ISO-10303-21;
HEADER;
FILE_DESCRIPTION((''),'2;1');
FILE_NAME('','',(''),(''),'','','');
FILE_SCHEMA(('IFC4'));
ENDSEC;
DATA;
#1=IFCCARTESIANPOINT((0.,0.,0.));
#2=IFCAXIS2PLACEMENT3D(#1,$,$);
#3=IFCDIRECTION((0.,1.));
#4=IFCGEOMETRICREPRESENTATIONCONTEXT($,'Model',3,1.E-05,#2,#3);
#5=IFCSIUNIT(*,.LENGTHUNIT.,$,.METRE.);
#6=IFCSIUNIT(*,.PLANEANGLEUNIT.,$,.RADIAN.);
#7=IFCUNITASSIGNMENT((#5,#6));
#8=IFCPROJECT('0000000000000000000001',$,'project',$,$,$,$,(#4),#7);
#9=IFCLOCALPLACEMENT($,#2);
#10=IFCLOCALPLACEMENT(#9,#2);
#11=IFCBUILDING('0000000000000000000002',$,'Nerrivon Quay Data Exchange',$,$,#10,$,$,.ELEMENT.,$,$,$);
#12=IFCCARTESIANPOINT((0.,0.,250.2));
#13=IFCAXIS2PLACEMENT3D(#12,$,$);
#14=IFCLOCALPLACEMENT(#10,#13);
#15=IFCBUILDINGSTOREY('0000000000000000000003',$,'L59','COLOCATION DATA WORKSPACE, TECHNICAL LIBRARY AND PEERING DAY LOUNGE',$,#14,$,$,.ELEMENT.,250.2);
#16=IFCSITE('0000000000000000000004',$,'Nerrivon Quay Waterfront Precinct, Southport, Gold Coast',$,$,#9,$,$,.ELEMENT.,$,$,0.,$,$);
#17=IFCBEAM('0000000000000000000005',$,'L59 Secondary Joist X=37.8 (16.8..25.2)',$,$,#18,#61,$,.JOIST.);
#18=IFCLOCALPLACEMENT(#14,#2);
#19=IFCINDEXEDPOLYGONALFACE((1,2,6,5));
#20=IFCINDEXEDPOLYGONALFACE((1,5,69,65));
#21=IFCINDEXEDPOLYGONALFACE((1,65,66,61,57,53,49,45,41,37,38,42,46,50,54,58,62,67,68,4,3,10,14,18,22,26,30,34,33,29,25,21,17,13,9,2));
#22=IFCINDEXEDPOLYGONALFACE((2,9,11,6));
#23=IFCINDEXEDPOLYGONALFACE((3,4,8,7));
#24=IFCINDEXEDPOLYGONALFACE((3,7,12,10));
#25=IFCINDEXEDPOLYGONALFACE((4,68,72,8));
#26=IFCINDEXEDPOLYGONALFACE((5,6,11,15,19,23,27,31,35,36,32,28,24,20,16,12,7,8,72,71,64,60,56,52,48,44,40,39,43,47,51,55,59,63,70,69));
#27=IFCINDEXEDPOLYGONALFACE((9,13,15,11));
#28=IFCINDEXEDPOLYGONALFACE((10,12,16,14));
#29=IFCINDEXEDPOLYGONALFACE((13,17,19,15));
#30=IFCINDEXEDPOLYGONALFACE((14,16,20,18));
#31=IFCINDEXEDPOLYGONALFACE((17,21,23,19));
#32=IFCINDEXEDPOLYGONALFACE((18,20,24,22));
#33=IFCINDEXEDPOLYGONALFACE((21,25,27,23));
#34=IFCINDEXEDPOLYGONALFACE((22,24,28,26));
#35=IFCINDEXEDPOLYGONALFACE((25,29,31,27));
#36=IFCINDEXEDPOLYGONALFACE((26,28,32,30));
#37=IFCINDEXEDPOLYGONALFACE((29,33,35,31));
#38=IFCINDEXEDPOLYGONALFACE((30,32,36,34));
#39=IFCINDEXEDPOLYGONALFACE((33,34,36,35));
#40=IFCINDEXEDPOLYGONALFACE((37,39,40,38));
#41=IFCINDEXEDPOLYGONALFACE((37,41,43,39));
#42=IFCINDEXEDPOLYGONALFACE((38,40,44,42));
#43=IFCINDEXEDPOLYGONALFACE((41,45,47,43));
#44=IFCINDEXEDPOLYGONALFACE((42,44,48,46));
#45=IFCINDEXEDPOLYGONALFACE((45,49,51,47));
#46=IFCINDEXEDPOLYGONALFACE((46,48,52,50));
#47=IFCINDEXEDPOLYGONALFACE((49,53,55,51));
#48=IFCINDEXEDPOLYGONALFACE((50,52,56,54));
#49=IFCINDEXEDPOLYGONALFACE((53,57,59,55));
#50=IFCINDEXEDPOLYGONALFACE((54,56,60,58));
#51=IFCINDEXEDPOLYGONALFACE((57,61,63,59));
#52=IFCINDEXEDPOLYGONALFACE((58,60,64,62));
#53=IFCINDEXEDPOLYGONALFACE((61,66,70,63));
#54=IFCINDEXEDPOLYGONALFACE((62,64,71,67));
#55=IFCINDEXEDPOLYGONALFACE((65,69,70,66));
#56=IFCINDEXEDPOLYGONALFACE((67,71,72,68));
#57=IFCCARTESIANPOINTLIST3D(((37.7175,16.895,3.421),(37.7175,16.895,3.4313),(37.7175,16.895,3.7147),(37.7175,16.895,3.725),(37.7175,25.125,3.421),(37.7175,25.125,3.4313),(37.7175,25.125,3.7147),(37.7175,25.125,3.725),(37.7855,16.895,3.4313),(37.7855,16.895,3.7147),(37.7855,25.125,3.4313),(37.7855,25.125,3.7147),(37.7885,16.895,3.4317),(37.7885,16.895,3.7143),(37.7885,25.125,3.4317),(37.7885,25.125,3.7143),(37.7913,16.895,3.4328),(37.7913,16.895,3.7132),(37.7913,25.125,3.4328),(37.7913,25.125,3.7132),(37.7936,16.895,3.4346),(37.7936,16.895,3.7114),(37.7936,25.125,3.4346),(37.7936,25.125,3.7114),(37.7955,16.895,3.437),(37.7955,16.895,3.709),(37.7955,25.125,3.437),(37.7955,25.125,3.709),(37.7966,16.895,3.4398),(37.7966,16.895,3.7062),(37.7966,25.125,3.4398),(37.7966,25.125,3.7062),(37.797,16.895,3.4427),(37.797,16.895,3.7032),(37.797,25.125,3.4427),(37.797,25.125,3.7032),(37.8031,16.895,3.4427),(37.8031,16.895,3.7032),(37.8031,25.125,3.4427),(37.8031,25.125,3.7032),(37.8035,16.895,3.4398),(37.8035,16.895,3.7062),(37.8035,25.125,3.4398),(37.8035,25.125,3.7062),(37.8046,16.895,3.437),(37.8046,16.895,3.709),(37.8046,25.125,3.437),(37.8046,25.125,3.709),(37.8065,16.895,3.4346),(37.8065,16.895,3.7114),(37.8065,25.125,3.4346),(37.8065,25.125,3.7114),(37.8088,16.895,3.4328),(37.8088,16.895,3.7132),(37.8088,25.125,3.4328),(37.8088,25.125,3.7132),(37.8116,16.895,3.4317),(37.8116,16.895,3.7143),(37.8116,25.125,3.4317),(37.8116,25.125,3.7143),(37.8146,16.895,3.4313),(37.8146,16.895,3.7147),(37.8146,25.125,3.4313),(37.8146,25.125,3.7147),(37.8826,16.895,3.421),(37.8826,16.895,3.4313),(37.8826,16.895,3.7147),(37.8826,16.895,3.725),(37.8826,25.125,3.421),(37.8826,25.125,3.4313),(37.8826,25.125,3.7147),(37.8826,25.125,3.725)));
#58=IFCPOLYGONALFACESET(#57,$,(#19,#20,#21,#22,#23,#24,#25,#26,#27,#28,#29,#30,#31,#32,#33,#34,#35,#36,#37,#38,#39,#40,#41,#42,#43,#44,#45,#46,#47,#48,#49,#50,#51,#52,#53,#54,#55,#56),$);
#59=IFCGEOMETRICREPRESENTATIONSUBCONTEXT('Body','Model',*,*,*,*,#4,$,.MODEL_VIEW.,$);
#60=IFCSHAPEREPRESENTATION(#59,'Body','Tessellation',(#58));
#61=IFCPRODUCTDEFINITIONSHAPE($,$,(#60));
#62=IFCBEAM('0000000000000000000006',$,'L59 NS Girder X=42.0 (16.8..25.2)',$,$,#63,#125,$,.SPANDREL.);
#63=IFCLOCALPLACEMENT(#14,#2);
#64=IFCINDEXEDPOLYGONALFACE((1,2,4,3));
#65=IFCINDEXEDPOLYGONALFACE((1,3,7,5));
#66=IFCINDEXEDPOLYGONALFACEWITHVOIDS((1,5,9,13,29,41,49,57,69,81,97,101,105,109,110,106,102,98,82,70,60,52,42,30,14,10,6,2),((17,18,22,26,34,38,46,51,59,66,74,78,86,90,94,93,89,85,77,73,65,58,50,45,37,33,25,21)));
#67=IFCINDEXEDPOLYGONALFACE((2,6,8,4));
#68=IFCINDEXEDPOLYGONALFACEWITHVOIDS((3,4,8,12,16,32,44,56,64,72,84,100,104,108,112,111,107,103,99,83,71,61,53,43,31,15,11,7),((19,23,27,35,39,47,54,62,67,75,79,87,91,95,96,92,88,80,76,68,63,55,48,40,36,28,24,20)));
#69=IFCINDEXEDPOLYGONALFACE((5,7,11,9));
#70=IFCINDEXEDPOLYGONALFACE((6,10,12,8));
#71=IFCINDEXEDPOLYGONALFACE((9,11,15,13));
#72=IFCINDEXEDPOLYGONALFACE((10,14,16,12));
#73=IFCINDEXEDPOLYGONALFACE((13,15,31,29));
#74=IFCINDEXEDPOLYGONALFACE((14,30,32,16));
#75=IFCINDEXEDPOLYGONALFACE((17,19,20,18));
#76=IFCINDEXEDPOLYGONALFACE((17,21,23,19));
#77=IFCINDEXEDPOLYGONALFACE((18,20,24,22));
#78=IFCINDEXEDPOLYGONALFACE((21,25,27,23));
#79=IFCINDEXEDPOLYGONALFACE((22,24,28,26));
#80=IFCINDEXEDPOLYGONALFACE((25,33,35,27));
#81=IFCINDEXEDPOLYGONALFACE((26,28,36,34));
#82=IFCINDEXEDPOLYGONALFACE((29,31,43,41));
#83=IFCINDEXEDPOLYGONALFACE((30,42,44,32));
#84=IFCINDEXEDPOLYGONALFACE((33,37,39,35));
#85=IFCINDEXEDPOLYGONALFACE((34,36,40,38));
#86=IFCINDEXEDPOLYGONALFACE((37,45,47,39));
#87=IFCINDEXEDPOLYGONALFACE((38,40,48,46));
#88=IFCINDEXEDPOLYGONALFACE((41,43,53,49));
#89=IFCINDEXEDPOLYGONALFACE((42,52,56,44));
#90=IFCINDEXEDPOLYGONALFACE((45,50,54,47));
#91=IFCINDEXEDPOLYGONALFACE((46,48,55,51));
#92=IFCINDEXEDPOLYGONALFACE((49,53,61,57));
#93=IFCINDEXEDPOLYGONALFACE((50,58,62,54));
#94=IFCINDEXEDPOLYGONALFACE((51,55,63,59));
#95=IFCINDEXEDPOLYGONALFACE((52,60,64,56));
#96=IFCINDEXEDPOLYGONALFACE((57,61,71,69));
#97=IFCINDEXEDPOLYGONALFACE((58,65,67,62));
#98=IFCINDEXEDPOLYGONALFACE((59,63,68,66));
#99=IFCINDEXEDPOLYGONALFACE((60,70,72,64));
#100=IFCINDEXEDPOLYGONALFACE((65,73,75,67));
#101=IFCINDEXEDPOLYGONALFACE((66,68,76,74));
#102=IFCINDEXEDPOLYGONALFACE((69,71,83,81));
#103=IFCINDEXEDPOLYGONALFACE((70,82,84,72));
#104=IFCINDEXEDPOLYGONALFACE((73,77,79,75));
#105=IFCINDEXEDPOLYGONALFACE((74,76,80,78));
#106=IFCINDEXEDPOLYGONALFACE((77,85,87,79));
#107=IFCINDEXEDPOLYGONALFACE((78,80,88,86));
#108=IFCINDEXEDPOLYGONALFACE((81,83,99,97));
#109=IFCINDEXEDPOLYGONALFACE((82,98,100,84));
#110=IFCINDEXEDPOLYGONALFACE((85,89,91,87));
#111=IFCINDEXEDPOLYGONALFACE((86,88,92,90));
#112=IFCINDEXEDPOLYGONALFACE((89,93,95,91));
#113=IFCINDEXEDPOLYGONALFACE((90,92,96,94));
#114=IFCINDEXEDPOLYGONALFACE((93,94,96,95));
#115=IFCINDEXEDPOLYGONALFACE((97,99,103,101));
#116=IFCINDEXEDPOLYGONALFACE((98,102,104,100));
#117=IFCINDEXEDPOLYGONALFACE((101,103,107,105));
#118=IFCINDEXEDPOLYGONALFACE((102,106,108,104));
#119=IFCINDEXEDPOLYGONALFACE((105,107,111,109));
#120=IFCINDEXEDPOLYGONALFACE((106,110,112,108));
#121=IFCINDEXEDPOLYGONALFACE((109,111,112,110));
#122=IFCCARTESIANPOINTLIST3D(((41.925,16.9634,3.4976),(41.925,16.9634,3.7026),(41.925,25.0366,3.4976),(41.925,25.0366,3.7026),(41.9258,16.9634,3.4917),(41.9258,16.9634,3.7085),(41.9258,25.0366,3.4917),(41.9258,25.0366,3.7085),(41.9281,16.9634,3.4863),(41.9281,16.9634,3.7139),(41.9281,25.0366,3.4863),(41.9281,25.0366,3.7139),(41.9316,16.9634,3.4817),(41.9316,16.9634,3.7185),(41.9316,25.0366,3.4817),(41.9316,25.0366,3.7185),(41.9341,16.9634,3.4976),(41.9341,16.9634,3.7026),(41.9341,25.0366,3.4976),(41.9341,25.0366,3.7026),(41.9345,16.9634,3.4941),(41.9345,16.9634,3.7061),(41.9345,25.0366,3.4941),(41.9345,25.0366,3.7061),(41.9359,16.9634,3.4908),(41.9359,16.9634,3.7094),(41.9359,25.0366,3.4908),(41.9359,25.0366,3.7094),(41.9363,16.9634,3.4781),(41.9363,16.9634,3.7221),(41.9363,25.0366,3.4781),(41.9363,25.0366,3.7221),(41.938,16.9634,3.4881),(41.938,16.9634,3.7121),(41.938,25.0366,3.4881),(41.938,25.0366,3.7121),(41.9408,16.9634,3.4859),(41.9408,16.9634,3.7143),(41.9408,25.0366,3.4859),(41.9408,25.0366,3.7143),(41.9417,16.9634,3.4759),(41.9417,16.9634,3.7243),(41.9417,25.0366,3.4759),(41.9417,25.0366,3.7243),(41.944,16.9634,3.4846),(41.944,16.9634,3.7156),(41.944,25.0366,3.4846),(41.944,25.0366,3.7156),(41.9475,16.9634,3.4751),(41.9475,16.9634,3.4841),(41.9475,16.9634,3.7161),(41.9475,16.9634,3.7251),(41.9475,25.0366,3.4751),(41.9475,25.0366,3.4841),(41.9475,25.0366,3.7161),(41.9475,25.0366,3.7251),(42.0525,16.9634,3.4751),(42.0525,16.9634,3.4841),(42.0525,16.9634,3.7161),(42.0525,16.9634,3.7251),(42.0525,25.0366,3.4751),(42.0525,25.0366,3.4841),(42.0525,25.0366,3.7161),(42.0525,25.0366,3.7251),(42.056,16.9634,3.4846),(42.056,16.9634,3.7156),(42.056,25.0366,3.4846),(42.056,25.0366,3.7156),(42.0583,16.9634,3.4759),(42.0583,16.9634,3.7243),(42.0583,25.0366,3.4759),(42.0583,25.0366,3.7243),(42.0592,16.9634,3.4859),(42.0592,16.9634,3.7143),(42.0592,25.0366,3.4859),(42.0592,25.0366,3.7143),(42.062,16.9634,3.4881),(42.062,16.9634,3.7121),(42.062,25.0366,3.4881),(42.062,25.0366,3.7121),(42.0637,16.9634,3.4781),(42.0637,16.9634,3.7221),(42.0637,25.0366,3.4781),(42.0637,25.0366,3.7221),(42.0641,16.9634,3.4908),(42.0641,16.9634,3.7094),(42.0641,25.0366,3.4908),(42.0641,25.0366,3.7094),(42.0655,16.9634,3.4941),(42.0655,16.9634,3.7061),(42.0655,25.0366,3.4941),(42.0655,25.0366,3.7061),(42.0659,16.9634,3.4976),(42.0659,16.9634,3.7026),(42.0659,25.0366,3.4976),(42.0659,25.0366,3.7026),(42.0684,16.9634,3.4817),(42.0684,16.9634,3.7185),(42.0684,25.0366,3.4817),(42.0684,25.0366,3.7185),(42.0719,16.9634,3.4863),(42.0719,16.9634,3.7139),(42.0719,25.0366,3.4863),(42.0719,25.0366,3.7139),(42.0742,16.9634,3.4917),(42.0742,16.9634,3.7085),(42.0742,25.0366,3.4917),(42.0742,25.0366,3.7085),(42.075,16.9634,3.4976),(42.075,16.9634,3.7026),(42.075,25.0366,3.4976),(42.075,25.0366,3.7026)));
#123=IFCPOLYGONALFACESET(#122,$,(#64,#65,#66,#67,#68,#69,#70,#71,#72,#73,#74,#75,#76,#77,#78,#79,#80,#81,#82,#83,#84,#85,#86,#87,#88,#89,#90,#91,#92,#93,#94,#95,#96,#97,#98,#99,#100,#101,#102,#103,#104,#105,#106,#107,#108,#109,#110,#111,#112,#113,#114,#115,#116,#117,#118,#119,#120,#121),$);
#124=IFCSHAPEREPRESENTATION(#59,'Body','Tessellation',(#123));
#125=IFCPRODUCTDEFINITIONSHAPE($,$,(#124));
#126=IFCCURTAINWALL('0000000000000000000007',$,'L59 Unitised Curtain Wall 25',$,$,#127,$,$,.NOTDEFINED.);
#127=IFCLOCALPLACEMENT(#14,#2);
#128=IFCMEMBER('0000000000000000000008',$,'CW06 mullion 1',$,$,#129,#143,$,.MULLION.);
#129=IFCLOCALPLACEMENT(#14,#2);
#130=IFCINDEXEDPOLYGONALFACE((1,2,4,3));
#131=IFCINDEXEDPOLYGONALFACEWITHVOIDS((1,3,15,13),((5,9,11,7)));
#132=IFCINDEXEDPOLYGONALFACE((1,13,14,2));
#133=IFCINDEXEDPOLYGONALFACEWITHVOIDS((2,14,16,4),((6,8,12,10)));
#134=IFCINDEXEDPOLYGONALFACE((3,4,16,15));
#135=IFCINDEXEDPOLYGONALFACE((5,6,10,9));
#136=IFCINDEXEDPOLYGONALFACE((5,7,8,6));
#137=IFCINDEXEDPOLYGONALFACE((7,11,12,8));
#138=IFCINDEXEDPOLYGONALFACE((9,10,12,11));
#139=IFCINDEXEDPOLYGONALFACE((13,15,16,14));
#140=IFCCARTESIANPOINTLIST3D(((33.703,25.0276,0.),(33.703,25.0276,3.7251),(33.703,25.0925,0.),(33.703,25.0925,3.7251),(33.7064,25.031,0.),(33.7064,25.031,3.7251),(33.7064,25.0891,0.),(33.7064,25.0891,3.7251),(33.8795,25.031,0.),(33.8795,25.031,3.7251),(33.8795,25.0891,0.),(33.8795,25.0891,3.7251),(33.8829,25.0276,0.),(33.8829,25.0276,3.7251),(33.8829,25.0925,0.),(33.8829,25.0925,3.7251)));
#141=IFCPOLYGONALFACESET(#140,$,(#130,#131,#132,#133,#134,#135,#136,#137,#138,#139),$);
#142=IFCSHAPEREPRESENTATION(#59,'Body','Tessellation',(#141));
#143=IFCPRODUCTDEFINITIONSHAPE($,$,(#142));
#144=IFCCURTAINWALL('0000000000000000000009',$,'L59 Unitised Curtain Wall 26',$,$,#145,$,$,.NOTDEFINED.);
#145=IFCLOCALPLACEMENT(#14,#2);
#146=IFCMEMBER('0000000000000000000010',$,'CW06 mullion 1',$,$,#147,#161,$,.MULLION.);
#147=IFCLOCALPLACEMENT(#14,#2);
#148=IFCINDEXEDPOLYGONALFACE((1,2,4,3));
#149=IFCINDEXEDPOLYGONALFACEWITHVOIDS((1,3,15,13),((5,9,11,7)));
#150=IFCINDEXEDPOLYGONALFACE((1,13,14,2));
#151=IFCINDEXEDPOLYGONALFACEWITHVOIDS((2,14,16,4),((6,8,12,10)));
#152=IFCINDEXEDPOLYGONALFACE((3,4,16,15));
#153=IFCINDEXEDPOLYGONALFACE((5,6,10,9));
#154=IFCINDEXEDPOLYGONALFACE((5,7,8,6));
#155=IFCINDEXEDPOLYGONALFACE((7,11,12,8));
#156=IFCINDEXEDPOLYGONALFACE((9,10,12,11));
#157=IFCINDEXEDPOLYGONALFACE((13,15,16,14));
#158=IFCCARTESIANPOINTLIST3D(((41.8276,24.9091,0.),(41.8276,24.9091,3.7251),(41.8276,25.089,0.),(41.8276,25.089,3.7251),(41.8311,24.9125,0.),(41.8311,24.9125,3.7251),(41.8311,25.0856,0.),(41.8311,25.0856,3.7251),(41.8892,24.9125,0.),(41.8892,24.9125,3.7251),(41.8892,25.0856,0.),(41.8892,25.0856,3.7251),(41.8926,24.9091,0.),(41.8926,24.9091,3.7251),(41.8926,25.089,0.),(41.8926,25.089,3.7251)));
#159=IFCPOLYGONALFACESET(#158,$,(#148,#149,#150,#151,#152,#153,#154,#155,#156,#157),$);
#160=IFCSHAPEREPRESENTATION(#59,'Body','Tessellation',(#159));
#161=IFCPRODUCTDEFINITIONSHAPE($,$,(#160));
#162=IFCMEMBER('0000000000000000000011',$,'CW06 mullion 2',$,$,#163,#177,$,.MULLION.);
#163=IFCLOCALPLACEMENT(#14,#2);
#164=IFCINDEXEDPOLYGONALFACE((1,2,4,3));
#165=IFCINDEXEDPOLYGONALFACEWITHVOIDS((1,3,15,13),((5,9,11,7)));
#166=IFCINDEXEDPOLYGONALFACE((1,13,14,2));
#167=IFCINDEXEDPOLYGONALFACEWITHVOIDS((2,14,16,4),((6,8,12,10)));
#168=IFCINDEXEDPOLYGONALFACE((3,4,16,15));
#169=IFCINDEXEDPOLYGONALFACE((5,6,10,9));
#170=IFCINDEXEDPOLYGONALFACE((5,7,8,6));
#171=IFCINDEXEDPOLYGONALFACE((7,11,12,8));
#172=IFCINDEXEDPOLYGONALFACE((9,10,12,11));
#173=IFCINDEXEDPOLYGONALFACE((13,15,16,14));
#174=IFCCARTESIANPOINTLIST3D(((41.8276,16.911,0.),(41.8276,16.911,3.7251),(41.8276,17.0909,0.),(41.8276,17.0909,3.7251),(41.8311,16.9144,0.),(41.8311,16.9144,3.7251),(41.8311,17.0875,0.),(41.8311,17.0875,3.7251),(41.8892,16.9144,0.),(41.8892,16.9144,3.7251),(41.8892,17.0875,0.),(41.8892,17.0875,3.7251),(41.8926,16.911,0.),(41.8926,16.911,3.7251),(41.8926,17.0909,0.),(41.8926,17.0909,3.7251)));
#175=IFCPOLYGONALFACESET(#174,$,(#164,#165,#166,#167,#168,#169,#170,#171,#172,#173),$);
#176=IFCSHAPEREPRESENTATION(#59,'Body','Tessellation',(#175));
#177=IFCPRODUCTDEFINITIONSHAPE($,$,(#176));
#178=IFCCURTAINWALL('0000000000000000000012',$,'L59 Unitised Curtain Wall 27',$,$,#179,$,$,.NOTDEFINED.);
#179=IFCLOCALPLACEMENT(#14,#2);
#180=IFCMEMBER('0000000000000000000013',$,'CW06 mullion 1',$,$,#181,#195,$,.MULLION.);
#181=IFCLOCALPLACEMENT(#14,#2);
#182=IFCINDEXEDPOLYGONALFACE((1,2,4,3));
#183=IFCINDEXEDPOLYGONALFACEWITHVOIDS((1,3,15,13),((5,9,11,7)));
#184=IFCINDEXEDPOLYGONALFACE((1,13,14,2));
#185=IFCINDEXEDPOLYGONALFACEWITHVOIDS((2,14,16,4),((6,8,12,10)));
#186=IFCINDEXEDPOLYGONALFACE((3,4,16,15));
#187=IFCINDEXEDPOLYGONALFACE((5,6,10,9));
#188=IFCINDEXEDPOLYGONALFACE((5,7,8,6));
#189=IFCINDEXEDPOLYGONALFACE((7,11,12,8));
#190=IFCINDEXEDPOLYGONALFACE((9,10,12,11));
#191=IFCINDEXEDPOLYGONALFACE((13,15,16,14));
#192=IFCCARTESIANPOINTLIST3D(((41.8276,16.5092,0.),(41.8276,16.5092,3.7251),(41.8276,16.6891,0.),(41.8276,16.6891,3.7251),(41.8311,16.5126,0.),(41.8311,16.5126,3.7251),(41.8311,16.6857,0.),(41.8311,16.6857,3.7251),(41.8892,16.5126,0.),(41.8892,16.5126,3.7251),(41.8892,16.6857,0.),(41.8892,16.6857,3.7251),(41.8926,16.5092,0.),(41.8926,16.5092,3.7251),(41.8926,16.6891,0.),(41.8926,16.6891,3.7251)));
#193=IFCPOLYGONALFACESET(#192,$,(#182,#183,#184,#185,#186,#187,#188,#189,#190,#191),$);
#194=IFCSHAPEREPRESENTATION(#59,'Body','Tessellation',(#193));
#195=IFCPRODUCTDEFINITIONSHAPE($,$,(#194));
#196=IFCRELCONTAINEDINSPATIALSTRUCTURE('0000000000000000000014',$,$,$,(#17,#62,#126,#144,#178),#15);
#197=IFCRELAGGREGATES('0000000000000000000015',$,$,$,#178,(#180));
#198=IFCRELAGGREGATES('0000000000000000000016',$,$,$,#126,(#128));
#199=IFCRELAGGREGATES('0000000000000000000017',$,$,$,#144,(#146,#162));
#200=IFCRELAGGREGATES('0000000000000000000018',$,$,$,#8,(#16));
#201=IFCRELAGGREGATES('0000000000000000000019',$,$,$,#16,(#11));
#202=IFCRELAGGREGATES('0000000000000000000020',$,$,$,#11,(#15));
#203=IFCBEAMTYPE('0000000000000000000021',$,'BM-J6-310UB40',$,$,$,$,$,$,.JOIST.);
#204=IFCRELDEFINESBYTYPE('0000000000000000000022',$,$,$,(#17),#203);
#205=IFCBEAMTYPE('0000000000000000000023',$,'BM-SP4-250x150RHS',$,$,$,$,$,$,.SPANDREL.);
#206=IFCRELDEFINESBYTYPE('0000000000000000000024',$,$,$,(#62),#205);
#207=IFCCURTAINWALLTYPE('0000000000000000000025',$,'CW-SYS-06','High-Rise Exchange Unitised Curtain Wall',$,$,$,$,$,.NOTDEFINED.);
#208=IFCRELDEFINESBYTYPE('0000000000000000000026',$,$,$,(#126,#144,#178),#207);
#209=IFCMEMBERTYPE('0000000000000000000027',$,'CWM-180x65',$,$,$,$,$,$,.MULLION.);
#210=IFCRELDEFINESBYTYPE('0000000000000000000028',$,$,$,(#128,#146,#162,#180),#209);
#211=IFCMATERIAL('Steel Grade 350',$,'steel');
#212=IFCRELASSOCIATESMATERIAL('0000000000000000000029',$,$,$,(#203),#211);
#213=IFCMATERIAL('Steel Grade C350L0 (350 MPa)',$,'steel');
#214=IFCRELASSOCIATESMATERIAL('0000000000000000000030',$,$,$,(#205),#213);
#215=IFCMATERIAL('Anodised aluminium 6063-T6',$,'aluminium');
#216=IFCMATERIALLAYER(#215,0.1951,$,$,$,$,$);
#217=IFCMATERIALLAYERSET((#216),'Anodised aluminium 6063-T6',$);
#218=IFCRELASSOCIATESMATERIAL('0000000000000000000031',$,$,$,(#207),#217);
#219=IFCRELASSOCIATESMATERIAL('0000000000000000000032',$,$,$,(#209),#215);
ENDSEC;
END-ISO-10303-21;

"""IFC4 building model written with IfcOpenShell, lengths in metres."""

from ifc_helpers import new_model, si_unit, direction, frame, origin, origin_2d, place, context, subcontext, project, spatial, hollow_rectangle, i_section, extrude, material, layer, layer_set, material_profile, profile_set, type_object, element, aggregate, save


model = new_model("IFC4")

# Units and contexts
model_context = context("Model", 3, precision=1e-05, world=origin(), true_north=direction((0.0, 1.0)))
body_context = subcontext(model_context, "Body", "Model", "MODEL_VIEW")
ifc_project = project(units=[si_unit("LENGTHUNIT", "METRE"), si_unit("PLANEANGLEUNIT", "RADIAN")], contexts=[model_context])

# Site, building, storey
site_placement = place(None, origin())
site = spatial("IfcSite", under=ifc_project, at=site_placement, Name="Nerrivon Quay Waterfront Precinct, Southport, Gold Coast", CompositionType="ELEMENT", RefElevation=0.0)
building_placement = place(site_placement, origin())
building = spatial("IfcBuilding", under=site, at=building_placement, Name="Nerrivon Quay Data Exchange", CompositionType="ELEMENT")
storey_placement = place(building_placement, frame((0.0, 0.0, 250.2)))
storey = spatial("IfcBuildingStorey", under=building, at=storey_placement, Name="L59", Description="COLOCATION DATA WORKSPACE, TECHNICAL LIBRARY AND PEERING DAY LOUNGE", CompositionType="ELEMENT", Elevation=250.2)

# Shared definitions
ifc_material_1 = material(Name="Steel Grade 350", Category="steel")

# Beams
ifc_material_profile_1 = material_profile(ifc_material_1, i_section(OverallWidth=0.165, OverallDepth=0.304, WebThickness=0.0061, FlangeThickness=0.0103, FilletRadius=0.0115, at=origin_2d()), Name="310UB40.4")
ifc_profile_set_1 = profile_set([ifc_material_profile_1], Name="Steel Grade 350")
beam_type_1 = type_object("IfcBeamType", Name="BM-J6-310UB40", PredefinedType="JOIST", material=ifc_profile_set_1)
beam_1_placement = place(storey_placement, frame((37.8, 16.895, 3.573), z_axis=(0.0, 1.0, 0.0), x_axis=(-1.0, 0.0, 0.0)))
element("IfcBeam", 1, at=beam_1_placement, inside=storey, type_object=beam_type_1, Name="L59 Secondary Joist X=37.8 (16.8..25.2)", PredefinedType="JOIST", context=body_context, shape_type="SweptSolid", body=[
    extrude(i_section(OverallWidth=0.165, OverallDepth=0.304, WebThickness=0.0061, FlangeThickness=0.0103, FilletRadius=0.0115, at=origin_2d()), origin(), (0.0, 0.0, 1.0), 8.23),
])
ifc_material_2 = material(Name="Steel Grade C350L0 (350 MPa)", Category="steel")
ifc_material_profile_2 = material_profile(ifc_material_2, hollow_rectangle(XDim=0.1499, YDim=0.25, WallThickness=0.009, InnerFilletRadius=0.0134, OuterFilletRadius=0.0225, at=origin_2d()), Name="250x150x9.0RHS")
ifc_profile_set_2 = profile_set([ifc_material_profile_2], Name="Steel Grade C350L0 (350 MPa)")
beam_type_2 = type_object("IfcBeamType", Name="BM-SP4-250x150RHS", PredefinedType="SPANDREL", material=ifc_profile_set_2)
beam_2_placement = place(storey_placement, frame((42.0, 16.9634, 3.6001), z_axis=(0.0, 1.0, 0.0), x_axis=(-1.0, 0.0, 0.0)))
element("IfcBeam", 2, at=beam_2_placement, inside=storey, type_object=beam_type_2, Name="L59 NS Girder X=42.0 (16.8..25.2)", PredefinedType="SPANDREL", context=body_context, shape_type="SweptSolid", body=[
    extrude(hollow_rectangle(XDim=0.1499, YDim=0.25, WallThickness=0.009, InnerFilletRadius=0.0134, OuterFilletRadius=0.0225, at=origin_2d()), origin(), (0.0, 0.0, 1.0), 8.0732),
])

# Curtain wall, member
ifc_material_3 = material(Name="Anodised aluminium 6063-T6", Category="aluminium")
ifc_layer_1 = layer(ifc_material_3, 0.1951)
ifc_layer_set_1 = layer_set([ifc_layer_1], Name="Anodised aluminium 6063-T6")
curtain_wall_type = type_object("IfcCurtainWallType", Name="CW-SYS-06", Description="High-Rise Exchange Unitised Curtain Wall", PredefinedType="NOTDEFINED", material=ifc_layer_set_1)
curtain_wall_1_placement = place(storey_placement, origin())
curtain_wall_1 = element("IfcCurtainWall", 3, at=curtain_wall_1_placement, inside=storey, type_object=curtain_wall_type, Name="L59 Unitised Curtain Wall 25", PredefinedType="NOTDEFINED")
ifc_material_profile_3 = material_profile(ifc_material_3, hollow_rectangle(XDim=0.0649, YDim=0.1799, WallThickness=0.0034, at=origin_2d()), Name="ALU-MULL-180x65")
ifc_profile_set_3 = profile_set([ifc_material_profile_3], Name="Anodised aluminium 6063-T6")
member_type_1 = type_object("IfcMemberType", Name="CWM-180x65", PredefinedType="MULLION", material=ifc_profile_set_3)
member_1_placement = place(storey_placement, frame((33.793, 25.0601, 0.0), z_axis=(0.0, 0.0, 1.0), x_axis=(0.0, 1.0, 0.0)))
member_1 = element("IfcMember", 4, at=member_1_placement, type_object=member_type_1, Name="CW06 mullion 1", PredefinedType="MULLION", context=body_context, shape_type="SweptSolid", body=[
    extrude(hollow_rectangle(XDim=0.0649, YDim=0.1799, WallThickness=0.0034, at=origin_2d()), origin(), (0.0, 0.0, 1.0), 3.7251),
])

# Curtain wall, members
curtain_wall_2_placement = place(storey_placement, origin())
curtain_wall_2 = element("IfcCurtainWall", 5, at=curtain_wall_2_placement, inside=storey, type_object=curtain_wall_type, Name="L59 Unitised Curtain Wall 26", PredefinedType="NOTDEFINED")
member_2_placement = place(storey_placement, frame((41.8601, 24.999, 0.0), z_axis=(0.0, 0.0, 1.0), x_axis=(1.0, 0.0, 0.0)))
member_2 = element("IfcMember", 6, at=member_2_placement, type_object=member_type_1, Name="CW06 mullion 1", PredefinedType="MULLION", context=body_context, shape_type="SweptSolid", body=[
    extrude(hollow_rectangle(XDim=0.0649, YDim=0.1799, WallThickness=0.0034, at=origin_2d()), origin(), (0.0, 0.0, 1.0), 3.7251),
])
member_3_placement = place(storey_placement, frame((41.8601, 17.001, 0.0), z_axis=(0.0, 0.0, 1.0), x_axis=(1.0, 0.0, 0.0)))
member_3 = element("IfcMember", 7, at=member_3_placement, type_object=member_type_1, Name="CW06 mullion 2", PredefinedType="MULLION", context=body_context, shape_type="SweptSolid", body=[
    extrude(hollow_rectangle(XDim=0.0649, YDim=0.1799, WallThickness=0.0034, at=origin_2d()), origin(), (0.0, 0.0, 1.0), 3.7251),
])

# Curtain wall, member
curtain_wall_3_placement = place(storey_placement, origin())
curtain_wall_3 = element("IfcCurtainWall", 8, at=curtain_wall_3_placement, inside=storey, type_object=curtain_wall_type, Name="L59 Unitised Curtain Wall 27", PredefinedType="NOTDEFINED")
member_4_placement = place(storey_placement, frame((41.8601, 16.5991, 0.0), z_axis=(0.0, 0.0, 1.0), x_axis=(1.0, 0.0, 0.0)))
member_4 = element("IfcMember", 9, at=member_4_placement, type_object=member_type_1, Name="CW06 mullion 1", PredefinedType="MULLION", context=body_context, shape_type="SweptSolid", body=[
    extrude(hollow_rectangle(XDim=0.0649, YDim=0.1799, WallThickness=0.0034, at=origin_2d()), origin(), (0.0, 0.0, 1.0), 3.7251),
])

aggregate(curtain_wall_3, [member_4])

aggregate(curtain_wall_1, [member_1])
aggregate(curtain_wall_2, [member_2, member_3])

save(model, "model.ifc")
